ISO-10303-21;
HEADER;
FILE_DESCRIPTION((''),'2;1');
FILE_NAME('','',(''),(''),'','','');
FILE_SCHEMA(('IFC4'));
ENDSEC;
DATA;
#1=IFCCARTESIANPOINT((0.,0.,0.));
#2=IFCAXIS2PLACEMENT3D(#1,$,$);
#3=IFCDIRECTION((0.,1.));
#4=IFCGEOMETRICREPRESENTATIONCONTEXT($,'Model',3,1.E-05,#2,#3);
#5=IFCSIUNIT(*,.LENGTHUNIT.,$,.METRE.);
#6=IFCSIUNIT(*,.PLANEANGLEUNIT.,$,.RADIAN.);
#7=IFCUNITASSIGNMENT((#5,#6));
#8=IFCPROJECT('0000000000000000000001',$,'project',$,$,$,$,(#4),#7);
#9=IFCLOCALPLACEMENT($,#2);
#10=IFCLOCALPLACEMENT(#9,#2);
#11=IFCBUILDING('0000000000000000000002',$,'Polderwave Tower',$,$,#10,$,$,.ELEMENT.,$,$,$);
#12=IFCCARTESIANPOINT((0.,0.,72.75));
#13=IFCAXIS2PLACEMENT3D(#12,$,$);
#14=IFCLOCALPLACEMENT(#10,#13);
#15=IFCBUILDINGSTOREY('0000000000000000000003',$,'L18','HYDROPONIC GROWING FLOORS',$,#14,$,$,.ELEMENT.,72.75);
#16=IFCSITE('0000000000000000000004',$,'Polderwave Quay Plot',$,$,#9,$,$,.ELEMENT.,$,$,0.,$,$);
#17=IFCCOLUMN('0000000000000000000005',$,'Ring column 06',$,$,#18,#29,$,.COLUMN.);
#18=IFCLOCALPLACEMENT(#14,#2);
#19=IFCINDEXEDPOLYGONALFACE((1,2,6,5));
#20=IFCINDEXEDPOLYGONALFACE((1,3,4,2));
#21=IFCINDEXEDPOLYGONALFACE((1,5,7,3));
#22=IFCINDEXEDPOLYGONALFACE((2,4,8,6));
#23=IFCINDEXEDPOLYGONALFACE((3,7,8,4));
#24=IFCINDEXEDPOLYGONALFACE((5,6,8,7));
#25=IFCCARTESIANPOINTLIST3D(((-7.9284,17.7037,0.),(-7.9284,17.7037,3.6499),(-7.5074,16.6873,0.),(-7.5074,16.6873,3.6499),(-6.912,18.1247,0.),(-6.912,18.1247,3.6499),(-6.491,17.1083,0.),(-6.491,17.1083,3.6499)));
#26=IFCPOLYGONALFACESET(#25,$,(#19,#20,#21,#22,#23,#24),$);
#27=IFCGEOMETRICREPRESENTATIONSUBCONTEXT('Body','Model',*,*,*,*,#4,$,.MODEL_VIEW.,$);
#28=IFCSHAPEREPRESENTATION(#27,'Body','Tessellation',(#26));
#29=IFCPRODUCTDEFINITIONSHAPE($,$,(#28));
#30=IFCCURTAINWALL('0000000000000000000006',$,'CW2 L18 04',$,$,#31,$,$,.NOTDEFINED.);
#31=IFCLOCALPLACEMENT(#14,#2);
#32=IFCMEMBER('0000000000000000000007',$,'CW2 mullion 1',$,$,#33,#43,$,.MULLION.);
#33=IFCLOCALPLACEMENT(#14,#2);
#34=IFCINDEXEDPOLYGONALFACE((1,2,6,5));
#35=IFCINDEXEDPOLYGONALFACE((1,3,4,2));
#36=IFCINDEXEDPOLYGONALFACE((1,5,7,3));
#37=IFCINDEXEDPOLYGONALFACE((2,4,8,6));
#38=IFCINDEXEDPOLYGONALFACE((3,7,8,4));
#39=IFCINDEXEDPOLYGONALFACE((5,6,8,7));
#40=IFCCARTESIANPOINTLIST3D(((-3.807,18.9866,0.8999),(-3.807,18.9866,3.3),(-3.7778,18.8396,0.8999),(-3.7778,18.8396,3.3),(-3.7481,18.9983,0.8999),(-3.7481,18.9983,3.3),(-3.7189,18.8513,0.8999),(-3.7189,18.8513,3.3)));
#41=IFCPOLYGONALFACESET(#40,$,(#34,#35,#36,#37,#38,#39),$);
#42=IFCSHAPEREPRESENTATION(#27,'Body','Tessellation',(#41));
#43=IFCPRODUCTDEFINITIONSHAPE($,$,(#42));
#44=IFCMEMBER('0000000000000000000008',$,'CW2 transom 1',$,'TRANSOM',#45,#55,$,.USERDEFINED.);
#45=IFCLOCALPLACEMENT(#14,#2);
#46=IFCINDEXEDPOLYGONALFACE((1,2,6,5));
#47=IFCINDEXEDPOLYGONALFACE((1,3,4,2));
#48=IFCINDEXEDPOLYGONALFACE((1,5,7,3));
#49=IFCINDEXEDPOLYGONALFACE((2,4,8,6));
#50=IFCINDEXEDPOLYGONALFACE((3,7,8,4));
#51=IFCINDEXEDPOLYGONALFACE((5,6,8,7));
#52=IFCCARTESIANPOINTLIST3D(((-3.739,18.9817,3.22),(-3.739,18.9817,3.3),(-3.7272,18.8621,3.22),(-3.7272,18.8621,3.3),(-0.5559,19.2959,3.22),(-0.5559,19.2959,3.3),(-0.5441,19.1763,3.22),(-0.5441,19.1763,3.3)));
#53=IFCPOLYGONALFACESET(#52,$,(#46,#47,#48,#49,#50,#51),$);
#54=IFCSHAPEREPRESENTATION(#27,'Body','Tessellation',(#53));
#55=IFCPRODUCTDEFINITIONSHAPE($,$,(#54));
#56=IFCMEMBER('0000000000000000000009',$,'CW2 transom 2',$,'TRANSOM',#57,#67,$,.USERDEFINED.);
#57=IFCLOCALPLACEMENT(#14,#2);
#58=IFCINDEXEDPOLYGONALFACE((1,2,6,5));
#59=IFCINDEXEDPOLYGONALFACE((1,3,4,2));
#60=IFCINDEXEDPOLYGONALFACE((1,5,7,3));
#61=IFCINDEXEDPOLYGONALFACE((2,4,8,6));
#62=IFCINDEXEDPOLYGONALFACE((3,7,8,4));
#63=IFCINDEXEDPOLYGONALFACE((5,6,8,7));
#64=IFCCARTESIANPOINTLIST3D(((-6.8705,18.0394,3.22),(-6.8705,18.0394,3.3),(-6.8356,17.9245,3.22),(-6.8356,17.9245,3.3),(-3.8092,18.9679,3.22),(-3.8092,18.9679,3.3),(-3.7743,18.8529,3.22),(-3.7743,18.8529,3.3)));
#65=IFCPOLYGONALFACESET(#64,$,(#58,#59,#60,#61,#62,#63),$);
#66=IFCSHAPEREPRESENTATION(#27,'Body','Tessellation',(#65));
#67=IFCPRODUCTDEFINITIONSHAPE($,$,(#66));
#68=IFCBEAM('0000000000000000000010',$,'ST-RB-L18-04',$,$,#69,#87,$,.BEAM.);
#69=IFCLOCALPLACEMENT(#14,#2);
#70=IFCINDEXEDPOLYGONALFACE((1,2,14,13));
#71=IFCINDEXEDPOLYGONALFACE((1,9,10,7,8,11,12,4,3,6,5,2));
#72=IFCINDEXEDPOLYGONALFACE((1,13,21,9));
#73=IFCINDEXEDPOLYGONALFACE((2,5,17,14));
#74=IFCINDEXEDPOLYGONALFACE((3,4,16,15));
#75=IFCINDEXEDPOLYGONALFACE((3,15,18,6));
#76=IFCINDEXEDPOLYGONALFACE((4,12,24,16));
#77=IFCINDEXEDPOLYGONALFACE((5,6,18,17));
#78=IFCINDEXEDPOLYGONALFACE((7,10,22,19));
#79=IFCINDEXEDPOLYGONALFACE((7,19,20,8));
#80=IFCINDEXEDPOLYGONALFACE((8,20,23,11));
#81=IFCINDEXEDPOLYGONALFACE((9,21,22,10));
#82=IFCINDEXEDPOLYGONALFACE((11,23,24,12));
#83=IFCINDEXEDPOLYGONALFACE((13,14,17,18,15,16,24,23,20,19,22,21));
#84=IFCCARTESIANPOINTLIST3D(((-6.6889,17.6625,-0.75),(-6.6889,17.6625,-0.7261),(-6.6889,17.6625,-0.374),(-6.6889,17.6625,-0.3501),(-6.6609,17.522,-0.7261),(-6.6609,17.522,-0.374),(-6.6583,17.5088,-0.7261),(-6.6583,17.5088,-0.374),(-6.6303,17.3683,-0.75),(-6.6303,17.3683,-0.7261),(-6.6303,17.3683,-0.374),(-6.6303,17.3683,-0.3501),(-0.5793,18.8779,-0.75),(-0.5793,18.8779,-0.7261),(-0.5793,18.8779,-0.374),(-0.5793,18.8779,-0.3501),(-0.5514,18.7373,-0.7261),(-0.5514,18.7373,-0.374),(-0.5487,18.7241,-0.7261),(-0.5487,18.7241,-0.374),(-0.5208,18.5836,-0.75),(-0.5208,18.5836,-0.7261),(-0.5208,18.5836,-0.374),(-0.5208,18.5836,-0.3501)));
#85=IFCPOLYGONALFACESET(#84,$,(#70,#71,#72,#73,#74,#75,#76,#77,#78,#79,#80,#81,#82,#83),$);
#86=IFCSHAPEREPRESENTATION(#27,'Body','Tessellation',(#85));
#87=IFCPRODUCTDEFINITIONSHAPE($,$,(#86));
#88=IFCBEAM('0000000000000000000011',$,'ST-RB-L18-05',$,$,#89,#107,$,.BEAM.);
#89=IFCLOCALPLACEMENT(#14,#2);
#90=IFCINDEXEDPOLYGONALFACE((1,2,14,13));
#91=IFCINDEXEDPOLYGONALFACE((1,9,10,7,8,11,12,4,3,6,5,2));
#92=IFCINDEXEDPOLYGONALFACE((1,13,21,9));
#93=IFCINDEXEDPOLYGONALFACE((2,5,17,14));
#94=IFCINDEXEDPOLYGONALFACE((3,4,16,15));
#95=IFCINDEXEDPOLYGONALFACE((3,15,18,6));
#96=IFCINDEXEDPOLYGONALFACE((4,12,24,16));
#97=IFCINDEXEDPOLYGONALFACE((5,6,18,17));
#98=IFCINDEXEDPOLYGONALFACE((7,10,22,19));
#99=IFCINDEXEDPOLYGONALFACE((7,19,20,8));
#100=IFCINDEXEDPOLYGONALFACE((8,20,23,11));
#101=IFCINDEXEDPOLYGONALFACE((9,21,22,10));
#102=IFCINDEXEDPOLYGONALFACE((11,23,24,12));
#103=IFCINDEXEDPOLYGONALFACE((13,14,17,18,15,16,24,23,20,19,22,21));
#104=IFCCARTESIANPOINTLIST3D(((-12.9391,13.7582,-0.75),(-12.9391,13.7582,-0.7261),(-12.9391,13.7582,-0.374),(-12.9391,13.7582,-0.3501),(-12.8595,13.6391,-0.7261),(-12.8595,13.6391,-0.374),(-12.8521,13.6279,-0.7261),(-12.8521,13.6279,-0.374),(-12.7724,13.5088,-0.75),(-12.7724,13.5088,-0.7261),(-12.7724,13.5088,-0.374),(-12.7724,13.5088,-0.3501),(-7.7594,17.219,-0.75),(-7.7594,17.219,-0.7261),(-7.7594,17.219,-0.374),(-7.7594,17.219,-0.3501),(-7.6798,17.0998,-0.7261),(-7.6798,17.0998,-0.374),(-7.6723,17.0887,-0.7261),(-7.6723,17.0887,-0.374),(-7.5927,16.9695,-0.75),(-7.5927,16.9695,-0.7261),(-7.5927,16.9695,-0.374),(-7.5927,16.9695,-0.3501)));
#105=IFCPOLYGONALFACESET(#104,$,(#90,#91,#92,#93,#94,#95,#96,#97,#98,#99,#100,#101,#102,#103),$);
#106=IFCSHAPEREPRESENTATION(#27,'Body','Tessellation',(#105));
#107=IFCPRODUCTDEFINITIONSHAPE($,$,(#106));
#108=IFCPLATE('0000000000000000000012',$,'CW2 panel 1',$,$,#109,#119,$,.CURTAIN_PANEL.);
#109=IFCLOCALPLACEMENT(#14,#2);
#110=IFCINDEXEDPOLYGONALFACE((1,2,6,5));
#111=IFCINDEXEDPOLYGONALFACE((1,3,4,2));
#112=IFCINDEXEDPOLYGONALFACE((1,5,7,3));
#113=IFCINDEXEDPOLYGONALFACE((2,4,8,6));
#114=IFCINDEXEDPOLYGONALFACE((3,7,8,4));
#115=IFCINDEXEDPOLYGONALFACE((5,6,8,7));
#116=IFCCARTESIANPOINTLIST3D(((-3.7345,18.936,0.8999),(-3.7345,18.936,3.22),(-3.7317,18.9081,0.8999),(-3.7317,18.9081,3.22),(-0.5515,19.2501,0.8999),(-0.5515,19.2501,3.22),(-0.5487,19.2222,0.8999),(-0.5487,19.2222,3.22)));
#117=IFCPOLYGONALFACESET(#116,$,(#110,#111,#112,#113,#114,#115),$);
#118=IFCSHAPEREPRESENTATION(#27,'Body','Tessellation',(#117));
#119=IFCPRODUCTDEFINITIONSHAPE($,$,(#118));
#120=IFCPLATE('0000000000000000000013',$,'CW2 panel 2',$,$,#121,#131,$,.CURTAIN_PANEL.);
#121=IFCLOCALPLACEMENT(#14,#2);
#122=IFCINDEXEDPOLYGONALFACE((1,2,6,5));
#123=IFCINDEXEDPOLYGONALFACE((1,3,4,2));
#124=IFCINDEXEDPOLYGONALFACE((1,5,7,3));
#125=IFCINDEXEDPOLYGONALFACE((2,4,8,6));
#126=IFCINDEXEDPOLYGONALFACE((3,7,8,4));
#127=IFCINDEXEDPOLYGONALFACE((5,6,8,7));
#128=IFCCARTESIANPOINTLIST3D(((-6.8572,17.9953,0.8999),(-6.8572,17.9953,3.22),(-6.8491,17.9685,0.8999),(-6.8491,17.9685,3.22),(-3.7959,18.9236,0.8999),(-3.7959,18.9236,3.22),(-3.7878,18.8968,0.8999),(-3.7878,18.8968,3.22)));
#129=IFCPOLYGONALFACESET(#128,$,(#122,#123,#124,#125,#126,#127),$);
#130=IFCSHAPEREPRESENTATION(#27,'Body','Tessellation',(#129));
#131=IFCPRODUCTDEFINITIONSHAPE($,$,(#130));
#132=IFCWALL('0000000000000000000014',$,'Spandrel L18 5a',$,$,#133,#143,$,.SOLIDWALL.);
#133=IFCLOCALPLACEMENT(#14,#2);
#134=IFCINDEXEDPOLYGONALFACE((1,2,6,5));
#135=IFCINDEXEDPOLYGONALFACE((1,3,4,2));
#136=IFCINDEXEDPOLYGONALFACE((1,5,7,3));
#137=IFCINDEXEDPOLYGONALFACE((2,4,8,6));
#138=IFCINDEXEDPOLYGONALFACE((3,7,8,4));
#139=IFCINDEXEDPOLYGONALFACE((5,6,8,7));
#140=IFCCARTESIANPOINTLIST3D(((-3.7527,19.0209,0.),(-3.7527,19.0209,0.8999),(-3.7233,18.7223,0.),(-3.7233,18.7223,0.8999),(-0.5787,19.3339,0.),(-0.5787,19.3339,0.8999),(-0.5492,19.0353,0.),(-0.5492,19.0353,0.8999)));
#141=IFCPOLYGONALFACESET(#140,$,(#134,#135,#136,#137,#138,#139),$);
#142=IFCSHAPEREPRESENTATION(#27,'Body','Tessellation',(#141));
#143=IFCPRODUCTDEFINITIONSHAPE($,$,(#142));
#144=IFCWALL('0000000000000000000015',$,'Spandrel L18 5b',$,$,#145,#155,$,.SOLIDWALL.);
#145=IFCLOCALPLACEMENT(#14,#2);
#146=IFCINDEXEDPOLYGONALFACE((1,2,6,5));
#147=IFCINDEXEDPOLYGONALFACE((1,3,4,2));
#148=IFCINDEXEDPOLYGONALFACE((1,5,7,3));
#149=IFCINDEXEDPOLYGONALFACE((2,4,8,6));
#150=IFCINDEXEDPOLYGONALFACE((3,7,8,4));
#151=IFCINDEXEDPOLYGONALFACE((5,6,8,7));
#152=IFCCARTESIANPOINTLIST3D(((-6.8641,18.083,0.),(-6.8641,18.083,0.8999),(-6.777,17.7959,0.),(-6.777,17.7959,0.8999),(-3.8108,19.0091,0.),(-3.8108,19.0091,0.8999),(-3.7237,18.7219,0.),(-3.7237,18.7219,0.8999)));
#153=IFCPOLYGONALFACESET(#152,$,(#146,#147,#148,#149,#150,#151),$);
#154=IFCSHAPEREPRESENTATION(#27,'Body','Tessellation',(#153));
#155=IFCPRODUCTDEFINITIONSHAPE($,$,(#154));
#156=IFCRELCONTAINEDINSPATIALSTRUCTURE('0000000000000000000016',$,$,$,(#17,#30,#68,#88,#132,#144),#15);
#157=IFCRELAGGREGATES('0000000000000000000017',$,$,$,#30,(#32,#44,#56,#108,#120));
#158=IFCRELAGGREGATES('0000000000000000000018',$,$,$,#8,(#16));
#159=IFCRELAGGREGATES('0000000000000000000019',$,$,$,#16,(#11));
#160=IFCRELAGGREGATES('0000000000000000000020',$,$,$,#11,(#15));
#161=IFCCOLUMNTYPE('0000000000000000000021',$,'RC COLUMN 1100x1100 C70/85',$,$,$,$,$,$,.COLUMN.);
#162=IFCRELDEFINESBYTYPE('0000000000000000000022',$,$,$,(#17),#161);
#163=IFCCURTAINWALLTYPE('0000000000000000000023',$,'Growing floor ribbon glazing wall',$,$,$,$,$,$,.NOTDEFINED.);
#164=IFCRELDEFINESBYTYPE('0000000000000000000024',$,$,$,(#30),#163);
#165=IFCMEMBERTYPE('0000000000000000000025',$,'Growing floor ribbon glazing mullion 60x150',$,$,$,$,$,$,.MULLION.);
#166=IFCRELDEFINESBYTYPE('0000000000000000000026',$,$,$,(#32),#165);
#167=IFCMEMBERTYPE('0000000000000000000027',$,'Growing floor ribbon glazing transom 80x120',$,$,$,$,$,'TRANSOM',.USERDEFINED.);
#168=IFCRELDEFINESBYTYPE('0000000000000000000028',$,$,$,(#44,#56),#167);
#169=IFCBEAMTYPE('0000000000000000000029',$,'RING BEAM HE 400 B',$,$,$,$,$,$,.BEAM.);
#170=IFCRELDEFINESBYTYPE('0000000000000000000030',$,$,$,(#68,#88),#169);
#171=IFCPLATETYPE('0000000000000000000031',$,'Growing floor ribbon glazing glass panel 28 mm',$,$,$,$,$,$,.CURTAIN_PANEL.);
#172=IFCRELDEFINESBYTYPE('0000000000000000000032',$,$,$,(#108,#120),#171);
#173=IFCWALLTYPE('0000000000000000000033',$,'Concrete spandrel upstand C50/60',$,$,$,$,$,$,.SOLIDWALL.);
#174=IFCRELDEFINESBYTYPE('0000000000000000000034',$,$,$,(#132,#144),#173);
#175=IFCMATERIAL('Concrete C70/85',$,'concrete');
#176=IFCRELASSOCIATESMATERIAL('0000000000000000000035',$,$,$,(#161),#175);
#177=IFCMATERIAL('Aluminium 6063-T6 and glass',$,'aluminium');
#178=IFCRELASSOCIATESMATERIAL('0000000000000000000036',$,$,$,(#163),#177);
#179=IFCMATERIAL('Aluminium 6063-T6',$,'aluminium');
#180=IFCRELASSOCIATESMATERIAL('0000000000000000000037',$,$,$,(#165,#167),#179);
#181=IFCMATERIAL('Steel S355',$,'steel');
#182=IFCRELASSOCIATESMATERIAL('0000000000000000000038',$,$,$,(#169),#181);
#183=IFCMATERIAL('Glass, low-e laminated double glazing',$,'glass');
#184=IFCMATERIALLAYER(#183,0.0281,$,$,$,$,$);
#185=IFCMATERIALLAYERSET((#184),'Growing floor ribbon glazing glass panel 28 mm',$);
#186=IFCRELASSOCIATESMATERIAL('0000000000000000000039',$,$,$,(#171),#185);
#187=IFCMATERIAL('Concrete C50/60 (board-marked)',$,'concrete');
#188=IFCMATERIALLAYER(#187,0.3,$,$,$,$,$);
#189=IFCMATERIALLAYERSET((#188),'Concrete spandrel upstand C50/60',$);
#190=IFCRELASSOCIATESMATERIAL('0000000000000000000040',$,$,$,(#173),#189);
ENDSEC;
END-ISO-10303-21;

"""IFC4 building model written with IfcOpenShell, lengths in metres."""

from ifc_helpers import new_model, si_unit, direction, frame, frame_2d, origin, origin_2d, place, context, subcontext, project, spatial, rectangle, i_section, extrude, material, layer, layer_set, material_profile, profile_set, type_object, element, aggregate, save


model = new_model("IFC4")

# Units and contexts
model_context = context("Model", 3, precision=1e-05, world=origin(), true_north=direction((0.0, 1.0)))
body_context = subcontext(model_context, "Body", "Model", "MODEL_VIEW")
ifc_project = project(units=[si_unit("LENGTHUNIT", "METRE"), si_unit("PLANEANGLEUNIT", "RADIAN")], contexts=[model_context])

# Site, building, storey
site_placement = place(None, origin())
site = spatial("IfcSite", under=ifc_project, at=site_placement, Name="Polderwave Quay Plot", CompositionType="ELEMENT", RefElevation=0.0)
building_placement = place(site_placement, origin())
building = spatial("IfcBuilding", under=site, at=building_placement, Name="Polderwave Tower", CompositionType="ELEMENT")
storey_placement = place(building_placement, frame((0.0, 0.0, 72.75)))
storey = spatial("IfcBuildingStorey", under=building, at=storey_placement, Name="L18", Description="HYDROPONIC GROWING FLOORS", CompositionType="ELEMENT", Elevation=72.75)

# Column
ifc_material_1 = material(Name="Concrete C70/85", Category="concrete")
ifc_material_profile_1 = material_profile(ifc_material_1, rectangle(XDim=1.1001, YDim=1.1001, at=origin_2d()), Name="RC 1100x1100")
ifc_profile_set_1 = profile_set([ifc_material_profile_1], Name="Concrete C70/85")
column_type = type_object("IfcColumnType", Name="RC COLUMN 1100x1100 C70/85", PredefinedType="COLUMN", material=ifc_profile_set_1)
column_placement = place(storey_placement, frame((-7.2097, 17.406, 0.0), z_axis=(0.0, 0.0, 1.0), x_axis=(-0.382683, 0.92388, 0.0)))
element("IfcColumn", 1, at=column_placement, inside=storey, type_object=column_type, Name="Ring column 06", PredefinedType="COLUMN", context=body_context, shape_type="SweptSolid", body=[
    extrude(rectangle(XDim=1.1001, YDim=1.1001, at=origin_2d()), origin(), (0.0, 0.0, 1.0), 3.6499),
])

# Curtain wall, members
ifc_material_2 = material(Name="Aluminium 6063-T6 and glass", Category="aluminium")
curtain_wall_type = type_object("IfcCurtainWallType", Name="Growing floor ribbon glazing wall", PredefinedType="NOTDEFINED", material=ifc_material_2)
curtain_wall_placement = place(storey_placement, origin())
curtain_wall = element("IfcCurtainWall", 2, at=curtain_wall_placement, inside=storey, type_object=curtain_wall_type, Name="CW2 L18 04", PredefinedType="NOTDEFINED")
ifc_material_3 = material(Name="Aluminium 6063-T6", Category="aluminium")
ifc_material_profile_2 = material_profile(ifc_material_3, rectangle(XDim=0.1499, YDim=0.0601, at=origin_2d()), Name="AL 60x150")
ifc_profile_set_2 = profile_set([ifc_material_profile_2], Name="Aluminium 6063-T6")
member_type_1 = type_object("IfcMemberType", Name="Growing floor ribbon glazing mullion 60x150", PredefinedType="MULLION", material=ifc_profile_set_2)
member_1_placement = place(storey_placement, frame((-3.7629, 18.9189, 0.8999), z_axis=(0.0, 0.0, 1.0), x_axis=(0.195123, -0.980779, 0.0)))
member_1 = element("IfcMember", 3, at=member_1_placement, type_object=member_type_1, Name="CW2 mullion 1", PredefinedType="MULLION", context=body_context, shape_type="SweptSolid", body=[
    extrude(rectangle(XDim=0.1499, YDim=0.0601, at=origin_2d()), origin(), (0.0, 0.0, 1.0), 2.4001),
])
ifc_material_profile_3 = material_profile(ifc_material_3, rectangle(XDim=0.1201, YDim=0.0801, at=origin_2d()), Name="AL 80x120")
ifc_profile_set_3 = profile_set([ifc_material_profile_3], Name="Aluminium 6063-T6")
member_type_2 = type_object("IfcMemberType", Name="Growing floor ribbon glazing transom 80x120", ElementType="TRANSOM", PredefinedType="USERDEFINED", material=ifc_profile_set_3)
member_2_placement = place(storey_placement, frame((-0.55, 19.2361, 3.26), z_axis=(-0.995163, -0.098234, 0.0), x_axis=(0.098234, -0.995163, 0.0)))
member_2 = element("IfcMember", 4, at=member_2_placement, type_object=member_type_2, Name="CW2 transom 1", ObjectType="TRANSOM", PredefinedType="USERDEFINED", context=body_context, shape_type="SweptSolid", body=[
    extrude(rectangle(XDim=0.1201, YDim=0.0801, at=origin_2d()), origin(), (0.0, 0.0, 1.0), 3.1985),
])
member_3_placement = place(storey_placement, frame((-3.7917, 18.9104, 3.26), z_axis=(-0.956954, -0.290238, 0.0), x_axis=(0.290238, -0.956954, 0.0)))
member_3 = element("IfcMember", 5, at=member_3_placement, type_object=member_type_2, Name="CW2 transom 2", ObjectType="TRANSOM", PredefinedType="USERDEFINED", context=body_context, shape_type="SweptSolid", body=[
    extrude(rectangle(XDim=0.1201, YDim=0.0801, at=origin_2d()), origin(), (0.0, 0.0, 1.0), 3.199),
])

# Beams
ifc_material_4 = material(Name="Steel S355", Category="steel")
ifc_material_profile_4 = material_profile(ifc_material_4, i_section(OverallWidth=0.3, OverallDepth=0.3999, WebThickness=0.0134, FlangeThickness=0.0239, at=origin_2d()), Name="HE 400 B")
ifc_profile_set_4 = profile_set([ifc_material_profile_4], Name="Steel S355")
beam_type = type_object("IfcBeamType", Name="RING BEAM HE 400 B", PredefinedType="BEAM", material=ifc_profile_set_4)
beam_1_placement = place(storey_placement, frame((-0.55, 18.7307, -0.55), z_axis=(-0.980784, -0.195099, 0.0), x_axis=(0.195099, -0.980784, 0.0)))
element("IfcBeam", 6, at=beam_1_placement, inside=storey, type_object=beam_type, Name="ST-RB-L18-04", PredefinedType="BEAM", context=body_context, shape_type="SweptSolid", body=[
    extrude(i_section(OverallWidth=0.3, OverallDepth=0.3999, WebThickness=0.0134, FlangeThickness=0.0239, at=origin_2d()), origin(), (0.0, 0.0, 1.0), 6.2292),
])
beam_2_placement = place(storey_placement, frame((-7.676, 17.0942, -0.55), z_axis=(-0.831489, -0.555541, 0.0), x_axis=(0.555541, -0.831489, 0.0)))
element("IfcBeam", 7, at=beam_2_placement, inside=storey, type_object=beam_type, Name="ST-RB-L18-05", PredefinedType="BEAM", context=body_context, shape_type="SweptSolid", body=[
    extrude(i_section(OverallWidth=0.3, OverallDepth=0.3999, WebThickness=0.0134, FlangeThickness=0.0239, at=origin_2d()), origin(), (0.0, 0.0, 1.0), 6.2295),
])

# Plates
ifc_material_5 = material(Name="Glass, low-e laminated double glazing", Category="glass")
ifc_layer_1 = layer(ifc_material_5, 0.0281)
ifc_layer_set_1 = layer_set([ifc_layer_1], Name="Growing floor ribbon glazing glass panel 28 mm")
plate_type = type_object("IfcPlateType", Name="Growing floor ribbon glazing glass panel 28 mm", PredefinedType="CURTAIN_PANEL", material=ifc_layer_set_1)
plate_1_placement = place(storey_placement, frame((-2.1416, 19.0791, 0.8999), z_axis=(0.0, 0.0, 1.0), x_axis=(-0.995168, -0.098186, 0.0)))
plate_1 = element("IfcPlate", 8, at=plate_1_placement, type_object=plate_type, Name="CW2 panel 1", PredefinedType="CURTAIN_PANEL", context=body_context, shape_type="SweptSolid", body=[
    extrude(rectangle(XDim=3.1985, YDim=0.0281, at=origin_2d()), origin(), (0.0, 0.0, 1.0), 2.3201),
])
plate_2_placement = place(storey_placement, frame((-5.3225, 18.446, 0.8999), z_axis=(0.0, 0.0, 1.0), x_axis=(-0.95697, -0.290188, 0.0)))
plate_2 = element("IfcPlate", 9, at=plate_2_placement, type_object=plate_type, Name="CW2 panel 2", PredefinedType="CURTAIN_PANEL", context=body_context, shape_type="SweptSolid", body=[
    extrude(rectangle(XDim=3.199, YDim=0.0281, at=origin_2d()), origin(), (0.0, 0.0, 1.0), 2.3201),
])
aggregate(curtain_wall, [member_1, member_2, member_3, plate_1, plate_2])

# Walls
ifc_material_6 = material(Name="Concrete C50/60 (board-marked)", Category="concrete")
ifc_layer_2 = layer(ifc_material_6, 0.3)
ifc_layer_set_2 = layer_set([ifc_layer_2], Name="Concrete spandrel upstand C50/60")
wall_type_1 = type_object("IfcWallType", Name="Concrete spandrel upstand C50/60", PredefinedType="SOLIDWALL", material=ifc_layer_set_2)
wall_1_placement = place(storey_placement, frame((-0.564, 19.1846, 0.0), z_axis=(0.0, 0.0, 1.0), x_axis=(-0.995173, -0.098132, 0.0)))
element("IfcWall", 10, at=wall_1_placement, inside=storey, type_object=wall_type_1, Name="Spandrel L18 5a", PredefinedType="SOLIDWALL", context=body_context, shape_type="SweptSolid", body=[
    extrude(rectangle(XDim=3.1895, YDim=0.3, at=frame_2d((1.5947, 0.0))), origin(), (0.0, 0.0, 1.0), 0.8999),
])
wall_2_placement = place(storey_placement, frame((-3.7673, 18.8655, 0.0), z_axis=(0.0, 0.0, 1.0), x_axis=(-0.956954, -0.290239, 0.0)))
element("IfcWall", 11, at=wall_2_placement, inside=storey, type_object=wall_type_1, Name="Spandrel L18 5b", PredefinedType="SOLIDWALL", context=body_context, shape_type="SweptSolid", body=[
    extrude(rectangle(XDim=3.1907, YDim=0.3, at=frame_2d((1.5952, 0.0))), origin(), (0.0, 0.0, 1.0), 0.8999),
])

save(model, "model.ifc")
